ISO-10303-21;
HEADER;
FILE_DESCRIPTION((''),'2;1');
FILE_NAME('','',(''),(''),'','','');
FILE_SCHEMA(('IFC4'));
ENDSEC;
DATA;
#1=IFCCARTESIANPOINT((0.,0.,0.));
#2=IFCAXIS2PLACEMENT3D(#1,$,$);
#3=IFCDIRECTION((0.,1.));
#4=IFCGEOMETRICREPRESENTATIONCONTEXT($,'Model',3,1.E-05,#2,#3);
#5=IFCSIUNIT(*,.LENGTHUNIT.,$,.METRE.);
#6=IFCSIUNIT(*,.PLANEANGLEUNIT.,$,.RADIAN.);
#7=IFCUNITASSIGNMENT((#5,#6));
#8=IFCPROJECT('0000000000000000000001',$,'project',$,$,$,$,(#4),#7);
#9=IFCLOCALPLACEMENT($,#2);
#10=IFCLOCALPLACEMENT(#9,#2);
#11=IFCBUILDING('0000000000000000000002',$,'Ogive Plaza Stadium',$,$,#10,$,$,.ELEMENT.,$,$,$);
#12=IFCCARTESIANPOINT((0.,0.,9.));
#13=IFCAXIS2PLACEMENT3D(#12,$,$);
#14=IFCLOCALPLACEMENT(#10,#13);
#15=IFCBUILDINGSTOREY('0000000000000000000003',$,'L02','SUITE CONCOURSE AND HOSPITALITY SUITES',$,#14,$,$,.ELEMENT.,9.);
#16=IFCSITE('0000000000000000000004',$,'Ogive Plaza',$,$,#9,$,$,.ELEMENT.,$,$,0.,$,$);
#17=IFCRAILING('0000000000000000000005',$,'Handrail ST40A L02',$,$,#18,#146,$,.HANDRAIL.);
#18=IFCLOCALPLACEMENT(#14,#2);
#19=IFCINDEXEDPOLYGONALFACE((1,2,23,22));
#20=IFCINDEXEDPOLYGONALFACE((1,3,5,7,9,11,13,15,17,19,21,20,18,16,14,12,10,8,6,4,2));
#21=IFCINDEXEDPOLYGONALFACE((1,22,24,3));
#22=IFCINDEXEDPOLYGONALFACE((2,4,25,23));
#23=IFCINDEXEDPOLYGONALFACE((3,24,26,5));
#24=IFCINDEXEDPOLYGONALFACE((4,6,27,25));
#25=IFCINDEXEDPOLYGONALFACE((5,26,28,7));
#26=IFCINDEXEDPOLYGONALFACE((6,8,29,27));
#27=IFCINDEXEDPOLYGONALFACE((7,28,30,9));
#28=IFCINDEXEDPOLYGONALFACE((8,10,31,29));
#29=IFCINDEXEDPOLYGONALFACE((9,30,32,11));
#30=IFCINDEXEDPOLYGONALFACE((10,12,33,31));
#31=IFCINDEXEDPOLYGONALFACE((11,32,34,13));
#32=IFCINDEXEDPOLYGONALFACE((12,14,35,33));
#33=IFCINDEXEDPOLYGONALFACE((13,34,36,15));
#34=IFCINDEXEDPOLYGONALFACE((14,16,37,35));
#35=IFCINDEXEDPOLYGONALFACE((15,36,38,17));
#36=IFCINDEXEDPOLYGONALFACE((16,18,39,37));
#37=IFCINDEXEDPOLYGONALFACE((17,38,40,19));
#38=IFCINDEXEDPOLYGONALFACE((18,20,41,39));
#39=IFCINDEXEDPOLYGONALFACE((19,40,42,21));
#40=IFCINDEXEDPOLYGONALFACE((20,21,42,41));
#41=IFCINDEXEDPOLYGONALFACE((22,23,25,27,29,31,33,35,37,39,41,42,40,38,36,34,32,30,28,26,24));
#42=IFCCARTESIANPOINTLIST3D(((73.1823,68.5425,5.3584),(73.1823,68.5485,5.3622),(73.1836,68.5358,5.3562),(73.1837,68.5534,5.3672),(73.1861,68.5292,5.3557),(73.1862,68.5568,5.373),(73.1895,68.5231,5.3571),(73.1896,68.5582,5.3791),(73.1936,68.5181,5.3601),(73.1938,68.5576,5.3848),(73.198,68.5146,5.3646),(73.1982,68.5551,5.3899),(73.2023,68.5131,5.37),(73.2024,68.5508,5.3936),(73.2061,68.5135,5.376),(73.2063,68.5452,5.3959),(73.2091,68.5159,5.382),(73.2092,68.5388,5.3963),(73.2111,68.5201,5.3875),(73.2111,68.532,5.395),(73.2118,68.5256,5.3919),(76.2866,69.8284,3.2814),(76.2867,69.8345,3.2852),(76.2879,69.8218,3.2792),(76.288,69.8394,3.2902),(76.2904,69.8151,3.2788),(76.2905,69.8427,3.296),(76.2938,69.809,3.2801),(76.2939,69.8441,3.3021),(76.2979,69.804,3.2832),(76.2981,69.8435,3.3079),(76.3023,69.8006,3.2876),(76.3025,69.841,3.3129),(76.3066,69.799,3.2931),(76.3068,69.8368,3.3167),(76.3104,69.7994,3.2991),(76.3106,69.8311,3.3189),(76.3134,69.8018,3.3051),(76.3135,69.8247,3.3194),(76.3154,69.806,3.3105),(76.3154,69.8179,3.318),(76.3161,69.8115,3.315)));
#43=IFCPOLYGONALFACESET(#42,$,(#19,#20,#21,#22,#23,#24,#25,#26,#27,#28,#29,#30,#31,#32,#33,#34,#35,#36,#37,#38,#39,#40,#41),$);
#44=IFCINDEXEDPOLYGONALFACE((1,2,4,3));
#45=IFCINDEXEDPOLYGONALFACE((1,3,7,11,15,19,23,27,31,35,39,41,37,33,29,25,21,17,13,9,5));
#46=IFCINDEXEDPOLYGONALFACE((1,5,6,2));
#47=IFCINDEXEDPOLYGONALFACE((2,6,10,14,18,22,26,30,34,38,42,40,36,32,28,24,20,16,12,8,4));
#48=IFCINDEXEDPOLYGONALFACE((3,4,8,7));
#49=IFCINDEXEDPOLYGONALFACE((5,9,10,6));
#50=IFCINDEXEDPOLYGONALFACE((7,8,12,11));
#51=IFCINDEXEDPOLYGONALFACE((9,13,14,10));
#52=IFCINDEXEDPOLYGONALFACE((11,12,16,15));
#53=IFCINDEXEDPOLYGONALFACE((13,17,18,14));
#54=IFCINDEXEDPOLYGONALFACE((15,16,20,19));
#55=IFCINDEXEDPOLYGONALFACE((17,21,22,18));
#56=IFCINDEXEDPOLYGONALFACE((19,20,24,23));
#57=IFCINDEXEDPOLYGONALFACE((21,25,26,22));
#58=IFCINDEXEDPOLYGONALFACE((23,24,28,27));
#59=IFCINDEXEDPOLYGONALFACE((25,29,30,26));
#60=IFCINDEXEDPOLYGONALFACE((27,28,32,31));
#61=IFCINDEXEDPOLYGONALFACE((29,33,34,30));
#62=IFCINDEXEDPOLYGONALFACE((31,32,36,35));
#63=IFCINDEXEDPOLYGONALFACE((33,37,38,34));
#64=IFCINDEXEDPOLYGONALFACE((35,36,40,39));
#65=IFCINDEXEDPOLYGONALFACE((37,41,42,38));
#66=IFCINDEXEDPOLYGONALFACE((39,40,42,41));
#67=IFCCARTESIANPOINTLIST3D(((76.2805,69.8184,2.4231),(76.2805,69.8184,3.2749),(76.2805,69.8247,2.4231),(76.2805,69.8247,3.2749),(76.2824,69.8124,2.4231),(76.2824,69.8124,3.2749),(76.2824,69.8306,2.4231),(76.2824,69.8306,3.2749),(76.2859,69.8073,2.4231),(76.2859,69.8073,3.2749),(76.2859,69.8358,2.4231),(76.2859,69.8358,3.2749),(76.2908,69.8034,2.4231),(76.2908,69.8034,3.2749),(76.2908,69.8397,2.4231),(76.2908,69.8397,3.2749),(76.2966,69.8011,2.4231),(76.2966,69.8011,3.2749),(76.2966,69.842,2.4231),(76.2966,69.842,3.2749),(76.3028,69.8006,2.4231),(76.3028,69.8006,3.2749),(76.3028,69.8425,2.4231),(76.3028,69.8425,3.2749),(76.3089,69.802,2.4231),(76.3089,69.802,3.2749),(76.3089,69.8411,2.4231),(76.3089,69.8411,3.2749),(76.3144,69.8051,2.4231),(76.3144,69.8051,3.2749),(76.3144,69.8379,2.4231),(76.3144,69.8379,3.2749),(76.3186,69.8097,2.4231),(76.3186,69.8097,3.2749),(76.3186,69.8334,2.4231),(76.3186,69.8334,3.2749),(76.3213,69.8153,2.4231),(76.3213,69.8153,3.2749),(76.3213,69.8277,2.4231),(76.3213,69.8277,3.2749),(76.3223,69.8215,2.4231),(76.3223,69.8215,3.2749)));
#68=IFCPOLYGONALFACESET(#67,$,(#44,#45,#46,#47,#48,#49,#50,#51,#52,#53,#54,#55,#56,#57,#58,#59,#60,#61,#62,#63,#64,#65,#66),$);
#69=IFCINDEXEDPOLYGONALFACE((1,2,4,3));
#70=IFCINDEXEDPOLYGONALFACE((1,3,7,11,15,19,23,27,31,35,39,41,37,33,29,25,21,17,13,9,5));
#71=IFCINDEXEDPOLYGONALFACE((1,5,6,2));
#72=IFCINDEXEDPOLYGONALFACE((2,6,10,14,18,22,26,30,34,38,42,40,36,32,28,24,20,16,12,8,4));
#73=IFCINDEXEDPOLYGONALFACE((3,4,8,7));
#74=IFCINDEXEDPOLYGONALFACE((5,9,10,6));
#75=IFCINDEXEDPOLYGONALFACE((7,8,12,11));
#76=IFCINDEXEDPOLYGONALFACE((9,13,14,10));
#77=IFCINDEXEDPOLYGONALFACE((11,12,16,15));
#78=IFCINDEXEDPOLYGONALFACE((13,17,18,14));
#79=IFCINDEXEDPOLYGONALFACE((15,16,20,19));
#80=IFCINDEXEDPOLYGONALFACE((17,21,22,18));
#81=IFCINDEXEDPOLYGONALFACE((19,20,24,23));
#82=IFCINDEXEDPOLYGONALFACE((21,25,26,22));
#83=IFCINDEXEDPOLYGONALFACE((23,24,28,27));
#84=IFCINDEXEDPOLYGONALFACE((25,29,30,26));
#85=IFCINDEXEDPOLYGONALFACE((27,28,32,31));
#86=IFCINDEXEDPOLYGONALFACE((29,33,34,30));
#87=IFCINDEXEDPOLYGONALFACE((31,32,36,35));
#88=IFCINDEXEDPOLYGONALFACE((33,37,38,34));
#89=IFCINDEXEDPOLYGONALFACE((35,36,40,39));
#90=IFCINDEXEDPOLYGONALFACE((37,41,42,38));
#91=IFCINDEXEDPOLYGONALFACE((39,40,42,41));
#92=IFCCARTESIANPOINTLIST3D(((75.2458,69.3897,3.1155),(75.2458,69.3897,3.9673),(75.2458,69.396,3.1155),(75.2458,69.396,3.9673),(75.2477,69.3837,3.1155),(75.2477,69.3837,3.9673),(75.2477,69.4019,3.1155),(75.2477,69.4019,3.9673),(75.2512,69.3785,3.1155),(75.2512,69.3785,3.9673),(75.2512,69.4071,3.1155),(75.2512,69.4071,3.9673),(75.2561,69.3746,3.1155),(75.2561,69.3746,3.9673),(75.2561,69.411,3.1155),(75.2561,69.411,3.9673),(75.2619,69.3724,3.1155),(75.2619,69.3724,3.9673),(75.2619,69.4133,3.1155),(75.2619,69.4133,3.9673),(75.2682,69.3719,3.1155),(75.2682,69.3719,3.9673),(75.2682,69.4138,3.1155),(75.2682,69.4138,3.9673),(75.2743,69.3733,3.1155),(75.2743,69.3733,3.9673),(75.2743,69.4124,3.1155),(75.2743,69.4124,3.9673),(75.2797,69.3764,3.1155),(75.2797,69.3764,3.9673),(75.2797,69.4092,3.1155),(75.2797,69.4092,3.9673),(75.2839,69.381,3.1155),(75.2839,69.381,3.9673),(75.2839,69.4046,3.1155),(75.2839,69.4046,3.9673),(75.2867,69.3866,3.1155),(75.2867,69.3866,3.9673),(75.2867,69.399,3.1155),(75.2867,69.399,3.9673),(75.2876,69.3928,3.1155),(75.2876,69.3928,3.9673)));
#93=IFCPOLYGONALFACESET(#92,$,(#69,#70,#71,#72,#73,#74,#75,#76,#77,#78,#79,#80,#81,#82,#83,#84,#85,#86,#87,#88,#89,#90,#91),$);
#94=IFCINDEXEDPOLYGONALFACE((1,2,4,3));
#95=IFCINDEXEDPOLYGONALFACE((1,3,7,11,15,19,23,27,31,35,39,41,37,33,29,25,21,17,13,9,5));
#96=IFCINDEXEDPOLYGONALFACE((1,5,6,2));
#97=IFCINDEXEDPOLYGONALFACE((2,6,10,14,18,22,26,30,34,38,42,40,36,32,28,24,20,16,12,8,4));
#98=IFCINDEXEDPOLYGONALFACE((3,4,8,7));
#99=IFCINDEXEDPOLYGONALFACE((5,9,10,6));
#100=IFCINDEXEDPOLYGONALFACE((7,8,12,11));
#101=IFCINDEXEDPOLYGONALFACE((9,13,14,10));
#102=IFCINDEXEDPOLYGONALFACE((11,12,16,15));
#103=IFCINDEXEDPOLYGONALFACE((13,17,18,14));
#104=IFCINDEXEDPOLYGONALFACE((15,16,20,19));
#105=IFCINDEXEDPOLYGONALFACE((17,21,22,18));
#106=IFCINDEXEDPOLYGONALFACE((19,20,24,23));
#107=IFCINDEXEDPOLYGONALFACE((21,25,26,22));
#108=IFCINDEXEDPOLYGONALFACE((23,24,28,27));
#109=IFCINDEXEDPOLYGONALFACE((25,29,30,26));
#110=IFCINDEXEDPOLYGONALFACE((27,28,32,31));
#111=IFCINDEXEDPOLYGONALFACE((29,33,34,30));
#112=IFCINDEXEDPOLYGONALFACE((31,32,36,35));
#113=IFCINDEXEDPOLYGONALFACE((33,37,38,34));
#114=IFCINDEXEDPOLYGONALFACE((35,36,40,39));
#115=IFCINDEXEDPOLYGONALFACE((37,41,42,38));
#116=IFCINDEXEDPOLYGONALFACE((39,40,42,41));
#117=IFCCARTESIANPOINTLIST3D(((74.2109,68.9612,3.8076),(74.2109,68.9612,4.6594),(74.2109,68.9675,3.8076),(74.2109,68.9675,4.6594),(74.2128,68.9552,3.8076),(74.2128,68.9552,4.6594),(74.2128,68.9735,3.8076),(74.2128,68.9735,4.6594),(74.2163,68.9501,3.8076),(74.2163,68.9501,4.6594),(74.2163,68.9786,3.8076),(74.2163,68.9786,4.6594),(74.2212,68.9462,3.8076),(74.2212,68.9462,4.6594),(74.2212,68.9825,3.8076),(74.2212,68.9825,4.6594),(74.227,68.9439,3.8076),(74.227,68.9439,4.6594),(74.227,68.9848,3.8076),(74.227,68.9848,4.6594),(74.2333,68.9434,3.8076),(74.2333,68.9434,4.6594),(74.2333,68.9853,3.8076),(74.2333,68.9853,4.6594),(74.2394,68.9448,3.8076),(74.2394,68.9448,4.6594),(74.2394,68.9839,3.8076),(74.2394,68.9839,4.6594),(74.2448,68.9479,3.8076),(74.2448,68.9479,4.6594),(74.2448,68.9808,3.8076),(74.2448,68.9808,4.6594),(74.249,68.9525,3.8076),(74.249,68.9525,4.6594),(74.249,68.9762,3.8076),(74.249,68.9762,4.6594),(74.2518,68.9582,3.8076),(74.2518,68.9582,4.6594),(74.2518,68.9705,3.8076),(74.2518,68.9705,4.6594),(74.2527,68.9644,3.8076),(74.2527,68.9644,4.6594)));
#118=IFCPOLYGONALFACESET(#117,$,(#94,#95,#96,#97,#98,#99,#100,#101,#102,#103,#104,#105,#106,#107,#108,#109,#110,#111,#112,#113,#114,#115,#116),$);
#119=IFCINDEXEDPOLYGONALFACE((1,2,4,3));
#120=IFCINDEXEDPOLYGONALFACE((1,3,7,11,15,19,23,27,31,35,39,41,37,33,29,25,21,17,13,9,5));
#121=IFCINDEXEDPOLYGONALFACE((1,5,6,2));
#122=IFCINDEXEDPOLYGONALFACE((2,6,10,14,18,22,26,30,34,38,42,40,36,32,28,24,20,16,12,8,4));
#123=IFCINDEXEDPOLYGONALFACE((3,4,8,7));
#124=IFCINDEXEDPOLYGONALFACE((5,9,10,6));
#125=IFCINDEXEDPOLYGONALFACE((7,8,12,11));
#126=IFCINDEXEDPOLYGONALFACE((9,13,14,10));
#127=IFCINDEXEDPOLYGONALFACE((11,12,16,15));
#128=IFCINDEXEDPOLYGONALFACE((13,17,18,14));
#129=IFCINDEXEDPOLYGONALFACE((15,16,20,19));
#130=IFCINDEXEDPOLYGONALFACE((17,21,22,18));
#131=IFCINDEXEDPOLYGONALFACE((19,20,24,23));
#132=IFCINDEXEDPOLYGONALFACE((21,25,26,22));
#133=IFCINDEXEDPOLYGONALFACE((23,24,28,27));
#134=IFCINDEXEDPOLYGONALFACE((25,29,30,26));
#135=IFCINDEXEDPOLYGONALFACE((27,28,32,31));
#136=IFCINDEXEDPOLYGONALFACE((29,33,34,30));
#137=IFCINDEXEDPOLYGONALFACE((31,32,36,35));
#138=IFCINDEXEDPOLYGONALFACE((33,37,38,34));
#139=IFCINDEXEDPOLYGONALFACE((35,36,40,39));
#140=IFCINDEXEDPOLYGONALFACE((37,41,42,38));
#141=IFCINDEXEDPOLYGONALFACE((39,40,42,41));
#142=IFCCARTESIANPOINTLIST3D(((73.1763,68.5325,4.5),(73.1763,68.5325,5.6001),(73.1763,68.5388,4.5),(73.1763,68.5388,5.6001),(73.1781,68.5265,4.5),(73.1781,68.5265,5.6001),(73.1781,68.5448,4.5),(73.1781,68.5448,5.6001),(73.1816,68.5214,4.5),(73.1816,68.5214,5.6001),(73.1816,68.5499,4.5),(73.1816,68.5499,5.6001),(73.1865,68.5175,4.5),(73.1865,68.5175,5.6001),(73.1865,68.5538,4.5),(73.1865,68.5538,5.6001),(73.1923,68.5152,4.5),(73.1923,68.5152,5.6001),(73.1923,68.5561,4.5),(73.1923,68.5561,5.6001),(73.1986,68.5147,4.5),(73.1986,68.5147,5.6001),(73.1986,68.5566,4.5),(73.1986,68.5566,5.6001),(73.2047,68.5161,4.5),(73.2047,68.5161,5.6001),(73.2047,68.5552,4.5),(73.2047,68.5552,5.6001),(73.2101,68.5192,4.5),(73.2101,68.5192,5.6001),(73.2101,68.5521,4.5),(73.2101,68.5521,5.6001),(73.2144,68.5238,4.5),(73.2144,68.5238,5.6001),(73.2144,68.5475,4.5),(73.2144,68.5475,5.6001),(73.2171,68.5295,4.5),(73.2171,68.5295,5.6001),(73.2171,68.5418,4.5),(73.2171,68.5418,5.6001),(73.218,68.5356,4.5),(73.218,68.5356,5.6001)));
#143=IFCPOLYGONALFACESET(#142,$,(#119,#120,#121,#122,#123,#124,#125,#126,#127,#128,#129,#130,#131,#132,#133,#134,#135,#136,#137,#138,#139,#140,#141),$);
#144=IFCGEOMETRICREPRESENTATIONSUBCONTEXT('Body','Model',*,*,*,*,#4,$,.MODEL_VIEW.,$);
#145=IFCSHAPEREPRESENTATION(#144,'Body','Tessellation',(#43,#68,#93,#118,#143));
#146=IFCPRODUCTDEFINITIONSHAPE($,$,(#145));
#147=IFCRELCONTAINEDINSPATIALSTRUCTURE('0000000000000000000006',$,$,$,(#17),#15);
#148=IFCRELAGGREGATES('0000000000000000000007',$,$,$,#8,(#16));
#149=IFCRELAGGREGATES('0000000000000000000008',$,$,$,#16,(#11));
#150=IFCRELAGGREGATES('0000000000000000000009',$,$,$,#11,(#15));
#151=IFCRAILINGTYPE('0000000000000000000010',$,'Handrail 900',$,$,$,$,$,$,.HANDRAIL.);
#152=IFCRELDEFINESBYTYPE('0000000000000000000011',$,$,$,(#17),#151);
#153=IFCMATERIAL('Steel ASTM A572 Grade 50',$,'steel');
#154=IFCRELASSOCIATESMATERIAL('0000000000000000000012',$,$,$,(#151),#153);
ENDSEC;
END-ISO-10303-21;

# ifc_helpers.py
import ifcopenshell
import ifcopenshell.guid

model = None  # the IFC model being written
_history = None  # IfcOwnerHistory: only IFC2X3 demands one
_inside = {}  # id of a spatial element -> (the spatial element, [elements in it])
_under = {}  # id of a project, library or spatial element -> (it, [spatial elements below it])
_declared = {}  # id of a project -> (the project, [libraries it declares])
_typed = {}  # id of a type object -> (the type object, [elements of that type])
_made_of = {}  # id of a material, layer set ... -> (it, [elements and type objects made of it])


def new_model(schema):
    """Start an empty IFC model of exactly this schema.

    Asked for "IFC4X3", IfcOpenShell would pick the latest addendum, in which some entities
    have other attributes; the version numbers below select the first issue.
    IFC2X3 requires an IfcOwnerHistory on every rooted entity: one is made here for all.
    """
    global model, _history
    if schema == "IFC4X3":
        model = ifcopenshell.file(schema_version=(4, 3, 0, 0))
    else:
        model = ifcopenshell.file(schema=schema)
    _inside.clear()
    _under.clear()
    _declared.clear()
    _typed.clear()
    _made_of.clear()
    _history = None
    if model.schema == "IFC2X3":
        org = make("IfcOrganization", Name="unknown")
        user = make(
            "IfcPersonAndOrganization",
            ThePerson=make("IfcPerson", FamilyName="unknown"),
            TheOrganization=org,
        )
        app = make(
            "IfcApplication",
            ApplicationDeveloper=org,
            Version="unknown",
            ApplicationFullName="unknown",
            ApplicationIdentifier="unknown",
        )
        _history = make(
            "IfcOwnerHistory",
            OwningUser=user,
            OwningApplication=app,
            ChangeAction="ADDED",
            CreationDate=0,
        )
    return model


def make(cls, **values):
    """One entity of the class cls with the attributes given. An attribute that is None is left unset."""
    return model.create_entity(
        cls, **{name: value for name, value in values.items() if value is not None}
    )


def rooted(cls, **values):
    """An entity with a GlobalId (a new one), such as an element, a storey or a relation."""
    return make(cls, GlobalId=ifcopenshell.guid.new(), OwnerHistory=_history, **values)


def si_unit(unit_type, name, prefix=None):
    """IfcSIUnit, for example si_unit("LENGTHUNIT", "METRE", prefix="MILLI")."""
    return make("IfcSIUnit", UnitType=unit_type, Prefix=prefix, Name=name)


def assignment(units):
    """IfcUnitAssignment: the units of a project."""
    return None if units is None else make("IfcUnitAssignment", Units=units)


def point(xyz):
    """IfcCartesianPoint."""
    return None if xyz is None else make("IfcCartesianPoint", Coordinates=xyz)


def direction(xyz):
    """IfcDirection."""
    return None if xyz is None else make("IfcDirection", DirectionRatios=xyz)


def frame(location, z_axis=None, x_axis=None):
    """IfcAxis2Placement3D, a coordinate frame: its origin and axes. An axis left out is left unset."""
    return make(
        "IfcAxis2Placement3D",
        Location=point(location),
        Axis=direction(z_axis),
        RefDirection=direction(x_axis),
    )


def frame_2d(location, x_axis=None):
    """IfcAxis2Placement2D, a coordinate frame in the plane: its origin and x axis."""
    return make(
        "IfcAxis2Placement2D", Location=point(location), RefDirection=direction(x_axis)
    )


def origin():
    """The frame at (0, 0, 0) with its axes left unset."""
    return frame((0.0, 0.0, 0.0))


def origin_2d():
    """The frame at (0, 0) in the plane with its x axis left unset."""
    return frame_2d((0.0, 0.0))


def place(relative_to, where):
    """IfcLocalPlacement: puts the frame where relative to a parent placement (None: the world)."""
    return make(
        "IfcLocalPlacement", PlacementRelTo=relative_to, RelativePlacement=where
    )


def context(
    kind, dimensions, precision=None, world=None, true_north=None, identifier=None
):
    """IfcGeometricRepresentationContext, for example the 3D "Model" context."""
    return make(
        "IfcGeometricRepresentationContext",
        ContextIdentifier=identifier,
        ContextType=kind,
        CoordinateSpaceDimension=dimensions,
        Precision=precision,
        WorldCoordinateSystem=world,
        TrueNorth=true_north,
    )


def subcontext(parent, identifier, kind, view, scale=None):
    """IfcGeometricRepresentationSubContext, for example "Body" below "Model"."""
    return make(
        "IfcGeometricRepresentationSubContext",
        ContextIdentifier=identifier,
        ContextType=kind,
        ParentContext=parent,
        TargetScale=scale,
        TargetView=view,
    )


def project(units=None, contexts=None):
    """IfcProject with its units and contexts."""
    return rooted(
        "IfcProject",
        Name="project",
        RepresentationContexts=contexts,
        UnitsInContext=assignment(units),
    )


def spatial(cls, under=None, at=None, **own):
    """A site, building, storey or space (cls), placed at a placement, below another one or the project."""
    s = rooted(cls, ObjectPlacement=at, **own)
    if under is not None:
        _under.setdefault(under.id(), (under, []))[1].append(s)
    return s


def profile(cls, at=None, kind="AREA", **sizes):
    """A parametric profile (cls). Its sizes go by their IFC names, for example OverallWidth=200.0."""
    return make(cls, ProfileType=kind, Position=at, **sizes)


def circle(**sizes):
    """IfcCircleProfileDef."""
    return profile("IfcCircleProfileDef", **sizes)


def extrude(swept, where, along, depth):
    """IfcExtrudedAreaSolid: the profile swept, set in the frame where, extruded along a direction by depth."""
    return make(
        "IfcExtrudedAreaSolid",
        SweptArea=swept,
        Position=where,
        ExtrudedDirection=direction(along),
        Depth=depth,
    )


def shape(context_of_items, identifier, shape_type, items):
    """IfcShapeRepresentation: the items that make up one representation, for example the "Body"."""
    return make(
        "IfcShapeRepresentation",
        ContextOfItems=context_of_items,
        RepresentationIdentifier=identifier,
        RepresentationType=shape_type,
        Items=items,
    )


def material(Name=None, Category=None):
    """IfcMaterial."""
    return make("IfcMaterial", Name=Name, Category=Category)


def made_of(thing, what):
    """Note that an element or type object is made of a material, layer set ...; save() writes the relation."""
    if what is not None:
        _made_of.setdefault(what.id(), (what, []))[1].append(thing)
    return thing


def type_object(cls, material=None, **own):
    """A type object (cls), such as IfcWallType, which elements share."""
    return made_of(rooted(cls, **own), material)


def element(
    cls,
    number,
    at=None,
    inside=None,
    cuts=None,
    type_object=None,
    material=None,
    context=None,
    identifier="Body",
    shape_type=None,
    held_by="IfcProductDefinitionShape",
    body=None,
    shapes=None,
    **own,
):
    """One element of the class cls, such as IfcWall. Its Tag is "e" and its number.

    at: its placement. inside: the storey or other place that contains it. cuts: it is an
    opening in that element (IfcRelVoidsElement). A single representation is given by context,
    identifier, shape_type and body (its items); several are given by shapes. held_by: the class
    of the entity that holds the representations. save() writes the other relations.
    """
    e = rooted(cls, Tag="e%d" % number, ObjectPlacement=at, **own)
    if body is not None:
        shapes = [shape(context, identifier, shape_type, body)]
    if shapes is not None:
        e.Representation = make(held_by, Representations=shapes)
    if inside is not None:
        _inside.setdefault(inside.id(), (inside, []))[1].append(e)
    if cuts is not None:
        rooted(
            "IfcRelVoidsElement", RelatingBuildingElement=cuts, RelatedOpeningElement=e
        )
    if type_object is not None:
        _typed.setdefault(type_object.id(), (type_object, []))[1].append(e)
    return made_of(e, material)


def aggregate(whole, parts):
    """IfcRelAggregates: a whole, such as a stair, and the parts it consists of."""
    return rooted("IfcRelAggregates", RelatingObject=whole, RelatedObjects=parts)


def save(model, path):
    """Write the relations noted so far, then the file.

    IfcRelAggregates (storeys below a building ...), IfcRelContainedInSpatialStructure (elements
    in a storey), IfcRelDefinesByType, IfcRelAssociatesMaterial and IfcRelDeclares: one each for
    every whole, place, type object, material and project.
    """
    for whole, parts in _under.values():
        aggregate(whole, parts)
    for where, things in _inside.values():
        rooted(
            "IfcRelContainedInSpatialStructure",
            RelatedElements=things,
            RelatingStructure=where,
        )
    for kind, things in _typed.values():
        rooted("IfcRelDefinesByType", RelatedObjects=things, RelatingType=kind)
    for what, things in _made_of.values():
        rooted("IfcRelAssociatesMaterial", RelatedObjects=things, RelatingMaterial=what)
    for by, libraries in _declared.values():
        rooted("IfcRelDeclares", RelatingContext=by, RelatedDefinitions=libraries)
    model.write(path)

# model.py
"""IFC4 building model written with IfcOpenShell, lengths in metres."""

from ifc_helpers import new_model, si_unit, direction, frame, origin, origin_2d, place, context, subcontext, project, spatial, circle, extrude, material, type_object, element, save


model = new_model("IFC4")

# Units and contexts
model_context = context("Model", 3, precision=1e-05, world=origin(), true_north=direction((0.0, 1.0)))
body_context = subcontext(model_context, "Body", "Model", "MODEL_VIEW")
ifc_project = project(units=[si_unit("LENGTHUNIT", "METRE"), si_unit("PLANEANGLEUNIT", "RADIAN")], contexts=[model_context])

# Site, building, storey
site_placement = place(None, origin())
site = spatial("IfcSite", under=ifc_project, at=site_placement, Name="Ogive Plaza", CompositionType="ELEMENT", RefElevation=0.0)
building_placement = place(site_placement, origin())
building = spatial("IfcBuilding", under=site, at=building_placement, Name="Ogive Plaza Stadium", CompositionType="ELEMENT")
storey_placement = place(building_placement, frame((0.0, 0.0, 9.0)))
storey = spatial("IfcBuildingStorey", under=building, at=storey_placement, Name="L02", Description="SUITE CONCOURSE AND HOSPITALITY SUITES", CompositionType="ELEMENT", Elevation=9.0)

# Railing
ifc_material_1 = material(Name="Steel ASTM A572 Grade 50", Category="steel")
railing_type_1 = type_object("IfcRailingType", Name="Handrail 900", PredefinedType="HANDRAIL", material=ifc_material_1)
for number, where, name in (
    (1, (76.3013, 69.8215, 2.4231), "Handrail ST40A L02"),
):
    element("IfcRailing", number, at=place(storey_placement, frame(where)), inside=storey, type_object=railing_type_1, Name=name, PredefinedType="HANDRAIL", context=body_context, shape_type="SweptSolid", body=[
        extrude(circle(Radius=0.0239, at=origin_2d()), frame((0.0, 0.0, 0.876), z_axis=(-0.785863, -0.325532, 0.525783), x_axis=(0.3827, -0.923872, 0.0)), (0.0, 0.0, 1.0), 3.9502),
        extrude(circle(Radius=0.021, at=origin_2d()), origin(), (0.0, 0.0, 1.0), 0.8518),
        extrude(circle(Radius=0.021, at=origin_2d()), frame((-1.0347, -0.4287, 0.6924)), (0.0, 0.0, 1.0), 0.8518),
        extrude(circle(Radius=0.021, at=origin_2d()), frame((-2.0696, -0.8572, 1.3845)), (0.0, 0.0, 1.0), 0.8518),
        extrude(circle(Radius=0.021, at=origin_2d()), frame((-3.1042, -1.2859, 2.0769)), (0.0, 0.0, 1.0), 1.1001),
    ])

save(model, "model.ifc")
